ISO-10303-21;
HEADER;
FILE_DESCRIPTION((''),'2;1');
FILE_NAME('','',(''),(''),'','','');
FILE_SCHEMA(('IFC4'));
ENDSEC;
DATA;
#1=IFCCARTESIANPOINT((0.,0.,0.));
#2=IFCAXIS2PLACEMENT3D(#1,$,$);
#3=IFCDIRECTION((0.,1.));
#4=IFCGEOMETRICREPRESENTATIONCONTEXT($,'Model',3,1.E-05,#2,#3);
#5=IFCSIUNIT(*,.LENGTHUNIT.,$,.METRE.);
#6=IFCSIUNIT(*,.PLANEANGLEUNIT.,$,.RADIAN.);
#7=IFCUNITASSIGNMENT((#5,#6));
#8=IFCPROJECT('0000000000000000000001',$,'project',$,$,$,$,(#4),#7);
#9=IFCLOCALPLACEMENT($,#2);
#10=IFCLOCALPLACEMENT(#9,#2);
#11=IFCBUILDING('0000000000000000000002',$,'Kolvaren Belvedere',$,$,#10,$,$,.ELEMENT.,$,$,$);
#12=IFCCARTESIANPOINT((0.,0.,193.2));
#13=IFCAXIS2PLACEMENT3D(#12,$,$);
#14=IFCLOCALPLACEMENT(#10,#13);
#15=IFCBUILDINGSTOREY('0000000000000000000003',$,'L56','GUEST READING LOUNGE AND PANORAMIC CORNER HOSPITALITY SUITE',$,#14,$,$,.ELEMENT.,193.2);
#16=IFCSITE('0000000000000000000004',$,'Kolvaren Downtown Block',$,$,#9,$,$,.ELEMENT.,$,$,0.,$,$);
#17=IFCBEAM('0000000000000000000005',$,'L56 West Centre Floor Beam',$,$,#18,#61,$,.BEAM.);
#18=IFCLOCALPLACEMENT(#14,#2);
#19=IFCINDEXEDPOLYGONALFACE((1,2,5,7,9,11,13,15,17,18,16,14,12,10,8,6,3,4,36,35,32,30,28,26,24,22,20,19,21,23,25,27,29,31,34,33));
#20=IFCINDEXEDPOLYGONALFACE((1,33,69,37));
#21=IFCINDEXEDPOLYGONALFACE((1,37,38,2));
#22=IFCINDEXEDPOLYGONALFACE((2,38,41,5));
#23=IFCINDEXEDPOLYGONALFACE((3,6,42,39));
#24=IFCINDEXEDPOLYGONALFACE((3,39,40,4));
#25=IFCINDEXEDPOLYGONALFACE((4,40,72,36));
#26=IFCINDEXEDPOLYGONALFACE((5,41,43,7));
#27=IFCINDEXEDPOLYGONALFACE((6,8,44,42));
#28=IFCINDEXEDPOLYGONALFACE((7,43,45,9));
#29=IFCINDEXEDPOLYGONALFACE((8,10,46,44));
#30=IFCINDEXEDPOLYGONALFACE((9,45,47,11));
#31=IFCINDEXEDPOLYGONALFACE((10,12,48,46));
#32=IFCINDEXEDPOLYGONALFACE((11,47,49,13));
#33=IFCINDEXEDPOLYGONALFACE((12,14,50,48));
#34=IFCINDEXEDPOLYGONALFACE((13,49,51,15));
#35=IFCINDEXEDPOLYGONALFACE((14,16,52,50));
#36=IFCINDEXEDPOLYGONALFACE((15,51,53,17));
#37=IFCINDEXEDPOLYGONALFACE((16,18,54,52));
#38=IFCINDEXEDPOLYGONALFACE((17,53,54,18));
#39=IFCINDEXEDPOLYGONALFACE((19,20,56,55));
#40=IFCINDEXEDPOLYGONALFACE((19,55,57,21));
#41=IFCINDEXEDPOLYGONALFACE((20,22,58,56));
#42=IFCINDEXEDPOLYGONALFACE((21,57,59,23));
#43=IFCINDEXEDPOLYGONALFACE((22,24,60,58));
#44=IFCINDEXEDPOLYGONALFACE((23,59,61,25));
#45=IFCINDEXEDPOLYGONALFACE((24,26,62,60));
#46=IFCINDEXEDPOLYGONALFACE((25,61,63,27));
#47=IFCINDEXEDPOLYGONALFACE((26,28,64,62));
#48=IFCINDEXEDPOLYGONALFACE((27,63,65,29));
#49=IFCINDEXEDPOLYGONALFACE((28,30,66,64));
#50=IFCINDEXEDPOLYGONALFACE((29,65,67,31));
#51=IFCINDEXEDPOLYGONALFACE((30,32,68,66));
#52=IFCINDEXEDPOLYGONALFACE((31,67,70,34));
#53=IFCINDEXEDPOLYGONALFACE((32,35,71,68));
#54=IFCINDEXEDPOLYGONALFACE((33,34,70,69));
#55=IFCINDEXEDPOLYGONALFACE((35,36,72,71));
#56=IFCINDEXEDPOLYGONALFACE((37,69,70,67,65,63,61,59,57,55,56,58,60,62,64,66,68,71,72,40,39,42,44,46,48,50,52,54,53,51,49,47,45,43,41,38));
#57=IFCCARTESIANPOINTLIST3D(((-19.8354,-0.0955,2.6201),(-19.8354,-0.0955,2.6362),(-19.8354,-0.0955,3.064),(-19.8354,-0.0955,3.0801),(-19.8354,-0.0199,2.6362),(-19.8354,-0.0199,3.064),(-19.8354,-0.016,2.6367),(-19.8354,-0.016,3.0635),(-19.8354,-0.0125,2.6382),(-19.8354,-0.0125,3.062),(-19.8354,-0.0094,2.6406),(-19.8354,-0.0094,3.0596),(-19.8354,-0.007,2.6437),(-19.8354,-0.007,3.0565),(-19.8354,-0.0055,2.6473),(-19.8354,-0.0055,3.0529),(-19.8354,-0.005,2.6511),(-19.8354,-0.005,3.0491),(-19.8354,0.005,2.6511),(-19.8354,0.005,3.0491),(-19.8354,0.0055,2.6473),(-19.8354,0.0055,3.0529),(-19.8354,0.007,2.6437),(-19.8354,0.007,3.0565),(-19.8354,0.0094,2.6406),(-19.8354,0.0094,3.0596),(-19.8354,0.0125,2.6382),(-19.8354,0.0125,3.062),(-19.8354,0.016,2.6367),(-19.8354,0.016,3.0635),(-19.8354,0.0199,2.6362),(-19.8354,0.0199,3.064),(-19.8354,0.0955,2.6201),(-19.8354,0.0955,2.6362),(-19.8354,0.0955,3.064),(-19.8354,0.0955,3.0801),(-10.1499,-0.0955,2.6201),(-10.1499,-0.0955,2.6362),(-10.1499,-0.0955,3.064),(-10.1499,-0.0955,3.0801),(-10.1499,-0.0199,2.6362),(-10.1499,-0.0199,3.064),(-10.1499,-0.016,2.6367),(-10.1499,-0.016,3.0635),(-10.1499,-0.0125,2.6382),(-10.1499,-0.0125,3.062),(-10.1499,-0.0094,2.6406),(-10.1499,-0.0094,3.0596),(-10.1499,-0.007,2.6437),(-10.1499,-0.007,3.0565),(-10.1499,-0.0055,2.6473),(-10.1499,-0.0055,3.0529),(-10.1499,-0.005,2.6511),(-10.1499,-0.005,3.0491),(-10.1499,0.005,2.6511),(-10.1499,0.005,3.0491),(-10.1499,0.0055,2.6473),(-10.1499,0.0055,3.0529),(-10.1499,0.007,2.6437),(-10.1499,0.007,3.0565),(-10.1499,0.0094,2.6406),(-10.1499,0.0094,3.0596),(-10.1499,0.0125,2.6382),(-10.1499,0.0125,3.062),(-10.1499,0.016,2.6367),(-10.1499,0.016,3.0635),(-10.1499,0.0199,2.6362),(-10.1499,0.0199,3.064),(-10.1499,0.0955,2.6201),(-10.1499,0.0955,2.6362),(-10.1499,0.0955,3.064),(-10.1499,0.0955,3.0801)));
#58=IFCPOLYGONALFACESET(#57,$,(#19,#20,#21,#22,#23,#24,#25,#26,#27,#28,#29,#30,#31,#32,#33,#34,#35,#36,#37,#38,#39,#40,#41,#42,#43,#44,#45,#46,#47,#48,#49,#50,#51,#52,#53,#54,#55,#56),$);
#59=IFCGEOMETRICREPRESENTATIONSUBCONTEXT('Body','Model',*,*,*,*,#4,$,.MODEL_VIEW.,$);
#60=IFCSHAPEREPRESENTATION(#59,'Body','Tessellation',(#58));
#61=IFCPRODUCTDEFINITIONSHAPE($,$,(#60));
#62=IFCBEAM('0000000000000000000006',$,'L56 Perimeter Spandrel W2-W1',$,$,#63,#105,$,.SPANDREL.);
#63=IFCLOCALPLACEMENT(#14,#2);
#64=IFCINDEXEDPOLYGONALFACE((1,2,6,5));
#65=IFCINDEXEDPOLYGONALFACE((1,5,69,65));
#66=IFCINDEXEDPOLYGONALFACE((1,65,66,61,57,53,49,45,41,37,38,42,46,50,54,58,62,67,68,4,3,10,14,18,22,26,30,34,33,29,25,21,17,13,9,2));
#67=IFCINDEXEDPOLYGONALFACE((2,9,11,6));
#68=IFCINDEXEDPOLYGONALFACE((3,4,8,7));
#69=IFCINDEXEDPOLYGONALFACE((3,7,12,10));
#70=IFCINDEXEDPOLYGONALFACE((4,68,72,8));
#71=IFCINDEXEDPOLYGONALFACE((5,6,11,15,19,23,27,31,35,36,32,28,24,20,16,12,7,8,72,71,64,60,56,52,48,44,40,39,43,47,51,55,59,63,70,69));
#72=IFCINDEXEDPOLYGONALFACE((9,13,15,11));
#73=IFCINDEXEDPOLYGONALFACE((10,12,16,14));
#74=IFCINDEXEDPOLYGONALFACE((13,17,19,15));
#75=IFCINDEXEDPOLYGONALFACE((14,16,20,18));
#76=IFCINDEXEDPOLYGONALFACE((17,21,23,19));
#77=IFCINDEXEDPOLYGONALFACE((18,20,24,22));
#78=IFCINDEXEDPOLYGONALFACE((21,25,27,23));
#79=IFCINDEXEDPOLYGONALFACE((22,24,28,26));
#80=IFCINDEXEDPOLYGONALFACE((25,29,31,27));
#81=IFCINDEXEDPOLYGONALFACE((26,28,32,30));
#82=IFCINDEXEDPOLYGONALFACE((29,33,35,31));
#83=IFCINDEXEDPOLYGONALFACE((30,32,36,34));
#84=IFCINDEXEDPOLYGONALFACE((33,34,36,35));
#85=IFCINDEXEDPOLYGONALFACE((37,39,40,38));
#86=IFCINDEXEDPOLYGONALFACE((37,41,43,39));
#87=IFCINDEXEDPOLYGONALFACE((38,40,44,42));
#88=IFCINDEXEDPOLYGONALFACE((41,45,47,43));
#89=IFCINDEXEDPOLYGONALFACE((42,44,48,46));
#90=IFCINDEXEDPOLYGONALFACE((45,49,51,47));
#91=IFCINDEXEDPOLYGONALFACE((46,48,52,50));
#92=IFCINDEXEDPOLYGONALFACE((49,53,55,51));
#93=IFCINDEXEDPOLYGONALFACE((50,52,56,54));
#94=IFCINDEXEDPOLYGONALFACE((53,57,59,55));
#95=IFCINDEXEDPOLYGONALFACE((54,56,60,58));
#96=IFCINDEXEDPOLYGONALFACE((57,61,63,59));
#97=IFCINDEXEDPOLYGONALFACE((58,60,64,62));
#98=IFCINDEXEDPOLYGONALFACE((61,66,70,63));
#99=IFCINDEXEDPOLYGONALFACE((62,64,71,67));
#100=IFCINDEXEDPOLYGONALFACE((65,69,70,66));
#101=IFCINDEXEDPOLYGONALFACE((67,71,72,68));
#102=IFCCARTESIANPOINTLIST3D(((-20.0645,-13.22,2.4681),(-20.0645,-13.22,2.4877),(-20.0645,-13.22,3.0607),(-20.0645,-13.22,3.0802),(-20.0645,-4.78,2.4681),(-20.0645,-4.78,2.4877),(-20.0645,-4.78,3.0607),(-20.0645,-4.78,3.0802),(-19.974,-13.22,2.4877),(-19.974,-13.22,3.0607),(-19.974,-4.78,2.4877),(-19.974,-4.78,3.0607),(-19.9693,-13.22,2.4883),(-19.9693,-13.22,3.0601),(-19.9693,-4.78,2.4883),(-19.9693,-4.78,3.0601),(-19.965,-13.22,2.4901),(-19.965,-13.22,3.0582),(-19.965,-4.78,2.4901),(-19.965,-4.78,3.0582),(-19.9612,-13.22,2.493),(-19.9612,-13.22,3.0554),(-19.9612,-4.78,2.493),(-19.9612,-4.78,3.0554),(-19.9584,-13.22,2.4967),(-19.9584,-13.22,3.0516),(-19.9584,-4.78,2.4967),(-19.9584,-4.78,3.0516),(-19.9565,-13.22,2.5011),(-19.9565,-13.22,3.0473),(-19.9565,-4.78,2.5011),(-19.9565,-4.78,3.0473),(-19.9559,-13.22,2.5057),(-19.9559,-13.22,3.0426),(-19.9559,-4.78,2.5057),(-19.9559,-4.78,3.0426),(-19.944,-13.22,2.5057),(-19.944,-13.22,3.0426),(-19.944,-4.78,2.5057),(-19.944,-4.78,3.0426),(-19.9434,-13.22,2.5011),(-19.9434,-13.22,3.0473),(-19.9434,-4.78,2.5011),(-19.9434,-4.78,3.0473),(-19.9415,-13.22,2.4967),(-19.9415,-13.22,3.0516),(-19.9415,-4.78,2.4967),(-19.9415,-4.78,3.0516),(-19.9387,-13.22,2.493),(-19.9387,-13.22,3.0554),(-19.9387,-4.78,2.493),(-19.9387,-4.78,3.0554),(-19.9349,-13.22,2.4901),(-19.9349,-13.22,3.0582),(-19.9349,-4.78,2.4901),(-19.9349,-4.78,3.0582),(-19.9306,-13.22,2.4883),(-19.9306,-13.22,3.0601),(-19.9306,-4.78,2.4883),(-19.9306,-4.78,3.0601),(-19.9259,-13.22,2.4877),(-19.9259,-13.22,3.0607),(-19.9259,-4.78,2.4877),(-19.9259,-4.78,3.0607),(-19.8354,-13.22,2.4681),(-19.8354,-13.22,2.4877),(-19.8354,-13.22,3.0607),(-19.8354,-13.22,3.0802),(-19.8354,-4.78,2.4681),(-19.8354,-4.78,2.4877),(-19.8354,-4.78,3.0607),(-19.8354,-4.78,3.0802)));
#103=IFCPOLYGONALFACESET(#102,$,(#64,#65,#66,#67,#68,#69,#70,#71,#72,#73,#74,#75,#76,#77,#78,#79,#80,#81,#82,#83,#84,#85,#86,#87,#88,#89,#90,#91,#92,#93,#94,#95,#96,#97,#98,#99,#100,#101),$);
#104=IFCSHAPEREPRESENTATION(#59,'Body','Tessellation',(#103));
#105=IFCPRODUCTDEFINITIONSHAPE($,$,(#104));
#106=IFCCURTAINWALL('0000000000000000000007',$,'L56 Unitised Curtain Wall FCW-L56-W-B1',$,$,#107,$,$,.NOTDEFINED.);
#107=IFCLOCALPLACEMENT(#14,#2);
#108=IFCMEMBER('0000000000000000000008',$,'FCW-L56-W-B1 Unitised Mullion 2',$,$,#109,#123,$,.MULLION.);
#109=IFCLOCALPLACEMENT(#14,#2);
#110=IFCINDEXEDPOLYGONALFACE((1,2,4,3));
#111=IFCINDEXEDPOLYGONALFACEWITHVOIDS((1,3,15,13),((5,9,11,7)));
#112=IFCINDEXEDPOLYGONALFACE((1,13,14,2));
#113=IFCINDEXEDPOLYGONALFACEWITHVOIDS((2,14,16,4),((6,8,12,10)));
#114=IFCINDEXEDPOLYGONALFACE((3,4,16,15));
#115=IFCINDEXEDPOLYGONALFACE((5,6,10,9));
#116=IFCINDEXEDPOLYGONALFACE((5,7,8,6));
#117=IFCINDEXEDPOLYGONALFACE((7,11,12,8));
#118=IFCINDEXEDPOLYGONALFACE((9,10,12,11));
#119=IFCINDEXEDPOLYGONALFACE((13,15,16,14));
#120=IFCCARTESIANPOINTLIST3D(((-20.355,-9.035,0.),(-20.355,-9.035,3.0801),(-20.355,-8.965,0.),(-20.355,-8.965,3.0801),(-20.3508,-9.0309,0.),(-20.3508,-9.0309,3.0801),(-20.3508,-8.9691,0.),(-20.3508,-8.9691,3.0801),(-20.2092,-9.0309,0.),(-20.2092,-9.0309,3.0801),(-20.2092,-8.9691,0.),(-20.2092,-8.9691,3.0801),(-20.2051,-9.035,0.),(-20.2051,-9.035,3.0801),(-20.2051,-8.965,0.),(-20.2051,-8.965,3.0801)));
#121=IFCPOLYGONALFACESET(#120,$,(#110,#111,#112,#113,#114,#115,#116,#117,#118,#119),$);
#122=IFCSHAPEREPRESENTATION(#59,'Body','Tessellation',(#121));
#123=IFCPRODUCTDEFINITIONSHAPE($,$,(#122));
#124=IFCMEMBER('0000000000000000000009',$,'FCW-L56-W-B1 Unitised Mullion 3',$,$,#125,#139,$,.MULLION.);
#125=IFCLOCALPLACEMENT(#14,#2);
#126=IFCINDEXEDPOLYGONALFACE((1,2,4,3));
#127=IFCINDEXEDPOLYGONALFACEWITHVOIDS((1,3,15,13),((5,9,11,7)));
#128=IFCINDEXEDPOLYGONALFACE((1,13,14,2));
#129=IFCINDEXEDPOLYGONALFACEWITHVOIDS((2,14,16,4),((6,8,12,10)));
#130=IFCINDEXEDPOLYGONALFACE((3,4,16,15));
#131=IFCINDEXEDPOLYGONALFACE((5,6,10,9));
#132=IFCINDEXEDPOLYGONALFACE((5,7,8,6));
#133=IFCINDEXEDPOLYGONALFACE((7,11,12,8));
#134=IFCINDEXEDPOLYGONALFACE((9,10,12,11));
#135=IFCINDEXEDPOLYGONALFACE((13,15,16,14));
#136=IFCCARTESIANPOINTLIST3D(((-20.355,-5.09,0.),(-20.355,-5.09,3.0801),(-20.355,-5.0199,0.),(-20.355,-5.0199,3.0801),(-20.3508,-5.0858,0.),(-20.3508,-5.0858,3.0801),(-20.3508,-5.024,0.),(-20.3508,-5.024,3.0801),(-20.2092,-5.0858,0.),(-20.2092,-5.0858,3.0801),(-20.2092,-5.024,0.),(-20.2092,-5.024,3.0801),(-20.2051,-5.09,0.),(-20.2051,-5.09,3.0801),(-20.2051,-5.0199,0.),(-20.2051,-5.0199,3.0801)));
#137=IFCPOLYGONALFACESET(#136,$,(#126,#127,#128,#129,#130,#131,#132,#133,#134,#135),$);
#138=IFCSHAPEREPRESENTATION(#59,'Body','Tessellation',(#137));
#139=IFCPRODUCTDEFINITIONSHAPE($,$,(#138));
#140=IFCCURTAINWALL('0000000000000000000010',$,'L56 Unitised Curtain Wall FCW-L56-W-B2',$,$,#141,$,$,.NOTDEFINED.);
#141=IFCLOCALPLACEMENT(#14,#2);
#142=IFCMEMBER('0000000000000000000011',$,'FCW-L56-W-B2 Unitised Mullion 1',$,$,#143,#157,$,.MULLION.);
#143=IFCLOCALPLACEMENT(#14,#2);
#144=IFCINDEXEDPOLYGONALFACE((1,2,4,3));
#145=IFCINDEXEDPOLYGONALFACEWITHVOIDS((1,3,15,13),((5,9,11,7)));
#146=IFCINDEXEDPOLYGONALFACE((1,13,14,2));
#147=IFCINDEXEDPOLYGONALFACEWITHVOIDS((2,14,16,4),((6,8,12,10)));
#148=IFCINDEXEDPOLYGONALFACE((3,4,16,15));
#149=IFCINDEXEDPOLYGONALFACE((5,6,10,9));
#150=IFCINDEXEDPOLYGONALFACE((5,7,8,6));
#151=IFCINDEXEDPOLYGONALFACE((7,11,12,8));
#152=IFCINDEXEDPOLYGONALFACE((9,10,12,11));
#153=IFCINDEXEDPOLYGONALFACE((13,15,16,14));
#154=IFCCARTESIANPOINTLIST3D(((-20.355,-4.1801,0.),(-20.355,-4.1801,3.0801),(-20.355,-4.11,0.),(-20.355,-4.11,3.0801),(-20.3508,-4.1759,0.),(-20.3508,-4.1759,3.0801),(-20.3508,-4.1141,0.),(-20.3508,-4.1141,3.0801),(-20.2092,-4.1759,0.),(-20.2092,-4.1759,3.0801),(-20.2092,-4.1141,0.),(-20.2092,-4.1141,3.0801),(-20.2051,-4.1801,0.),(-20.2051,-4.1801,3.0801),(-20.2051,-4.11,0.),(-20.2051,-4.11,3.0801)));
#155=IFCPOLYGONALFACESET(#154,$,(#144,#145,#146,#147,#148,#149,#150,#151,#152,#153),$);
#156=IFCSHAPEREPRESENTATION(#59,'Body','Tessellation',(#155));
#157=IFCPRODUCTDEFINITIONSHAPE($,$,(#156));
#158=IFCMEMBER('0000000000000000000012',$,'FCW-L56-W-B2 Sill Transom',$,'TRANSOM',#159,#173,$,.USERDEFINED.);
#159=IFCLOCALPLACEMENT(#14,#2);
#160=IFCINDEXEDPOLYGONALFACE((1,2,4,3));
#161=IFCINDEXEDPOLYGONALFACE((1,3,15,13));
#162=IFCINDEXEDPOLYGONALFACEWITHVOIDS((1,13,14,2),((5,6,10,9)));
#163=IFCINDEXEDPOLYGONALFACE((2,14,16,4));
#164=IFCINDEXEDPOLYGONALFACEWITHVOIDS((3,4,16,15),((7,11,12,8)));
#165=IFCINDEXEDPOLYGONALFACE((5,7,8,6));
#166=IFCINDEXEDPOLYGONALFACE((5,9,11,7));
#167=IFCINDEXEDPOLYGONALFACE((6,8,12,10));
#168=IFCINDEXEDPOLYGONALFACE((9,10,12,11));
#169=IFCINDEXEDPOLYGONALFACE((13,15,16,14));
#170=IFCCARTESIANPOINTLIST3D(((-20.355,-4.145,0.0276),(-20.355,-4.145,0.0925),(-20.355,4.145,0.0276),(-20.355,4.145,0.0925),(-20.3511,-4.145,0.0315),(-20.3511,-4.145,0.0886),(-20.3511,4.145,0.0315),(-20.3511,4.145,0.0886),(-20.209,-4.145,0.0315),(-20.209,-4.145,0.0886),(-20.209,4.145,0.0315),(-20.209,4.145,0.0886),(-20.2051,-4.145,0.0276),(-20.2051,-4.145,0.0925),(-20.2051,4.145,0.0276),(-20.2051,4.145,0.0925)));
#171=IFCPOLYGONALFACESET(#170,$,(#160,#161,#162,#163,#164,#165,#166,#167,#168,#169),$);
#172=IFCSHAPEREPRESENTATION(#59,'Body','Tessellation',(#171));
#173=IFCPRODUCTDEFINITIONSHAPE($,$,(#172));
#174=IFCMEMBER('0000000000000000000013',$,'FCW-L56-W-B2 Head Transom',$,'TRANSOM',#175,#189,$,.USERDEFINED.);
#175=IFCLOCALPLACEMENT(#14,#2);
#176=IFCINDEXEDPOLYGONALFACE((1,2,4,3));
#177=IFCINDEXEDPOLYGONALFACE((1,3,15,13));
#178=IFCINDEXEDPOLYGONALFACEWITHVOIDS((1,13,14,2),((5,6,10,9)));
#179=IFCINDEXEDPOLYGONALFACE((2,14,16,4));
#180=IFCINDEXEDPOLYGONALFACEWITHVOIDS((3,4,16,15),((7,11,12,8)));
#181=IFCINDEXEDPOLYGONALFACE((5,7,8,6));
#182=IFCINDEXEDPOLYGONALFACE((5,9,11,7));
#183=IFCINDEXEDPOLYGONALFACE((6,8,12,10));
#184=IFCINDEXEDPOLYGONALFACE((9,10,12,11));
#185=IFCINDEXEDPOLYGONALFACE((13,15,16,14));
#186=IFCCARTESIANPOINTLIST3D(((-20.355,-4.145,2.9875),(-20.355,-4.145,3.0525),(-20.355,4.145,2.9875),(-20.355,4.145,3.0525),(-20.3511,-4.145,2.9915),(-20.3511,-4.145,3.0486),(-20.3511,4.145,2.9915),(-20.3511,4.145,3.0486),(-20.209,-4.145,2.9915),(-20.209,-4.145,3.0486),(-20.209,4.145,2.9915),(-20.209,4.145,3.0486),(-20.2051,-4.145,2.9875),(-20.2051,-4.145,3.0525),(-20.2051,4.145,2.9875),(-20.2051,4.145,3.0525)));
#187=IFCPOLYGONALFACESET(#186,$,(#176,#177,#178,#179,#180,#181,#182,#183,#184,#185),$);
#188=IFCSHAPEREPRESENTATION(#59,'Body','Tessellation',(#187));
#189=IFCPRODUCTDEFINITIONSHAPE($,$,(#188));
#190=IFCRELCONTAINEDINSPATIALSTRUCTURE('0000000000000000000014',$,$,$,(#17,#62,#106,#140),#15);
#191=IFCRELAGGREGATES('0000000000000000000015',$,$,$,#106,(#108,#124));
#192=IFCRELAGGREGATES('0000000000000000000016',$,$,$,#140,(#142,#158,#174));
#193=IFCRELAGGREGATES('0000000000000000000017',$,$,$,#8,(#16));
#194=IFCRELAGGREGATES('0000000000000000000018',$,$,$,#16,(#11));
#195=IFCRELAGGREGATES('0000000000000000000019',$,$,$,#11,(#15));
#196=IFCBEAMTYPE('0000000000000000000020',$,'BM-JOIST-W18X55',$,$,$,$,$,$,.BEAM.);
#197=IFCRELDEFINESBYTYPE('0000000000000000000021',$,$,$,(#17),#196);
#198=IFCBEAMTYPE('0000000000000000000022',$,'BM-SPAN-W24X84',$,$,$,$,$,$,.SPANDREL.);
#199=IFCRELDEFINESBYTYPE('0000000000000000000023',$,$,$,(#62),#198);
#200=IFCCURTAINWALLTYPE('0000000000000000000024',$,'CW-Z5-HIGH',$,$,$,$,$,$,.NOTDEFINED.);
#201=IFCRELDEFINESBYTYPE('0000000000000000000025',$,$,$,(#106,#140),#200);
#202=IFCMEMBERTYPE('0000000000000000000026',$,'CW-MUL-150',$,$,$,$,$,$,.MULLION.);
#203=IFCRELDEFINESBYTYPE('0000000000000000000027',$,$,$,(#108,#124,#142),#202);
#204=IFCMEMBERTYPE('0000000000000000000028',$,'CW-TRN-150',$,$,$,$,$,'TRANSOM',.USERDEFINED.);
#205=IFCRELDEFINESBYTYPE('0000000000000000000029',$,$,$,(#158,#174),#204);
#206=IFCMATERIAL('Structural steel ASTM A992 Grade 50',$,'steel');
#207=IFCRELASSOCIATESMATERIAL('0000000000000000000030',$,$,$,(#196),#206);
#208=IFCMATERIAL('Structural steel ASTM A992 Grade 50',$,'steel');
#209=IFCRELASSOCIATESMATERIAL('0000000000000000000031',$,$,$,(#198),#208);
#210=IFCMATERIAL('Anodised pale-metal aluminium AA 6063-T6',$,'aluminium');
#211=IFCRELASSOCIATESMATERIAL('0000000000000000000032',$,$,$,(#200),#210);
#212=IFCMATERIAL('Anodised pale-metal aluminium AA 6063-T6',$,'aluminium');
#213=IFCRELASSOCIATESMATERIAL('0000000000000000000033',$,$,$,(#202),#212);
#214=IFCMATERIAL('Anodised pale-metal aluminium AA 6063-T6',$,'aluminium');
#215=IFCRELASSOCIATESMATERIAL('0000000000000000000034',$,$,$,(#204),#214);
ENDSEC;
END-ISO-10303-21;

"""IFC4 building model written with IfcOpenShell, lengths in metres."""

from ifc_helpers import new_model, si_unit, direction, frame, origin, origin_2d, place, context, subcontext, project, spatial, hollow_rectangle, i_section, extrude, material, material_profile, profile_set, type_object, element, aggregate, save


model = new_model("IFC4")

# Units and contexts
model_context = context("Model", 3, precision=1e-05, world=origin(), true_north=direction((0.0, 1.0)))
body_context = subcontext(model_context, "Body", "Model", "MODEL_VIEW")
ifc_project = project(units=[si_unit("LENGTHUNIT", "METRE"), si_unit("PLANEANGLEUNIT", "RADIAN")], contexts=[model_context])

# Site, building, storey
site_placement = place(None, origin())
site = spatial("IfcSite", under=ifc_project, at=site_placement, Name="Kolvaren Downtown Block", CompositionType="ELEMENT", RefElevation=0.0)
building_placement = place(site_placement, origin())
building = spatial("IfcBuilding", under=site, at=building_placement, Name="Kolvaren Belvedere", CompositionType="ELEMENT")
storey_placement = place(building_placement, frame((0.0, 0.0, 193.2)))
storey = spatial("IfcBuildingStorey", under=building, at=storey_placement, Name="L56", Description="GUEST READING LOUNGE AND PANORAMIC CORNER HOSPITALITY SUITE", CompositionType="ELEMENT", Elevation=193.2)

# Beams
ifc_material_1 = material(Name="Structural steel ASTM A992 Grade 50", Category="steel")
ifc_material_profile_1 = material_profile(ifc_material_1, i_section(OverallWidth=0.1909, OverallDepth=0.46, WebThickness=0.01, FlangeThickness=0.0161, FilletRadius=0.0149, at=origin_2d()), Name="W18X55")
ifc_profile_set_1 = profile_set([ifc_material_profile_1], Name="Structural steel ASTM A992 Grade 50")
beam_type_1 = type_object("IfcBeamType", Name="BM-JOIST-W18X55", PredefinedType="BEAM", material=ifc_profile_set_1)
beam_1_placement = place(storey_placement, frame((-10.1499, 0.0, 2.8501), z_axis=(-1.0, 0.0, 0.0), x_axis=(0.0, -1.0, 0.0)))
element("IfcBeam", 1, at=beam_1_placement, inside=storey, type_object=beam_type_1, Name="L56 West Centre Floor Beam", PredefinedType="BEAM", context=body_context, shape_type="SweptSolid", body=[
    extrude(i_section(OverallWidth=0.1909, OverallDepth=0.46, WebThickness=0.01, FlangeThickness=0.0161, FilletRadius=0.0149, at=origin_2d()), origin(), (0.0, 0.0, 1.0), 9.6855),
])
ifc_material_2 = material(Name="Structural steel ASTM A992 Grade 50", Category="steel")
ifc_material_profile_2 = material_profile(ifc_material_2, i_section(OverallWidth=0.229, OverallDepth=0.6121, WebThickness=0.012, FlangeThickness=0.0195, FilletRadius=0.0181, at=origin_2d()), Name="W24X84")
ifc_profile_set_2 = profile_set([ifc_material_profile_2], Name="Structural steel ASTM A992 Grade 50")
beam_type_2 = type_object("IfcBeamType", Name="BM-SPAN-W24X84", PredefinedType="SPANDREL", material=ifc_profile_set_2)
beam_2_placement = place(storey_placement, frame((-19.95, -4.78, 2.7742), z_axis=(0.0, -1.0, 0.0), x_axis=(1.0, 0.0, 0.0)))
element("IfcBeam", 2, at=beam_2_placement, inside=storey, type_object=beam_type_2, Name="L56 Perimeter Spandrel W2-W1", PredefinedType="SPANDREL", context=body_context, shape_type="SweptSolid", body=[
    extrude(i_section(OverallWidth=0.229, OverallDepth=0.6121, WebThickness=0.012, FlangeThickness=0.0195, FilletRadius=0.0181, at=origin_2d()), origin(), (0.0, 0.0, 1.0), 8.4399),
])

# Curtain walls, members
ifc_material_3 = material(Name="Anodised pale-metal aluminium AA 6063-T6", Category="aluminium")
curtain_wall_type = type_object("IfcCurtainWallType", Name="CW-Z5-HIGH", PredefinedType="NOTDEFINED", material=ifc_material_3)
curtain_wall_1_placement = place(storey_placement, origin())
curtain_wall_1 = element("IfcCurtainWall", 3, at=curtain_wall_1_placement, inside=storey, type_object=curtain_wall_type, Name="L56 Unitised Curtain Wall FCW-L56-W-B1", PredefinedType="NOTDEFINED")
ifc_material_4 = material(Name="Anodised pale-metal aluminium AA 6063-T6", Category="aluminium")
ifc_material_profile_3 = material_profile(ifc_material_4, hollow_rectangle(XDim=0.0701, YDim=0.1499, WallThickness=0.0042, at=origin_2d()), Name="ALU-MUL-150X70")
ifc_profile_set_3 = profile_set([ifc_material_profile_3], Name="Anodised pale-metal aluminium AA 6063-T6")
member_type_1 = type_object("IfcMemberType", Name="CW-MUL-150", PredefinedType="MULLION", material=ifc_profile_set_3)
member_1_placement = place(storey_placement, frame((-20.28, -9.0, 0.0), z_axis=(0.0, 0.0, 1.0), x_axis=(0.0, 1.0, 0.0)))
member_1 = element("IfcMember", 4, at=member_1_placement, type_object=member_type_1, Name="FCW-L56-W-B1 Unitised Mullion 2", PredefinedType="MULLION", context=body_context, shape_type="SweptSolid", body=[
    extrude(hollow_rectangle(XDim=0.0701, YDim=0.1499, WallThickness=0.0042, at=origin_2d()), origin(), (0.0, 0.0, 1.0), 3.0801),
])
member_2_placement = place(storey_placement, frame((-20.28, -5.0549, 0.0), z_axis=(0.0, 0.0, 1.0), x_axis=(0.0, 1.0, 0.0)))
member_2 = element("IfcMember", 5, at=member_2_placement, type_object=member_type_1, Name="FCW-L56-W-B1 Unitised Mullion 3", PredefinedType="MULLION", context=body_context, shape_type="SweptSolid", body=[
    extrude(hollow_rectangle(XDim=0.0701, YDim=0.1499, WallThickness=0.0042, at=origin_2d()), origin(), (0.0, 0.0, 1.0), 3.0801),
])
curtain_wall_2_placement = place(storey_placement, origin())
curtain_wall_2 = element("IfcCurtainWall", 6, at=curtain_wall_2_placement, inside=storey, type_object=curtain_wall_type, Name="L56 Unitised Curtain Wall FCW-L56-W-B2", PredefinedType="NOTDEFINED")
member_3_placement = place(storey_placement, frame((-20.28, -4.145, 0.0), z_axis=(0.0, 0.0, 1.0), x_axis=(0.0, 1.0, 0.0)))
member_3 = element("IfcMember", 7, at=member_3_placement, type_object=member_type_1, Name="FCW-L56-W-B2 Unitised Mullion 1", PredefinedType="MULLION", context=body_context, shape_type="SweptSolid", body=[
    extrude(hollow_rectangle(XDim=0.0701, YDim=0.1499, WallThickness=0.0042, at=origin_2d()), origin(), (0.0, 0.0, 1.0), 3.0801),
])
ifc_material_5 = material(Name="Anodised pale-metal aluminium AA 6063-T6", Category="aluminium")
ifc_material_profile_4 = material_profile(ifc_material_5, hollow_rectangle(XDim=0.0649, YDim=0.1499, WallThickness=0.0039, at=origin_2d()), Name="ALU-TRN-150X65")
ifc_profile_set_4 = profile_set([ifc_material_profile_4], Name="Anodised pale-metal aluminium AA 6063-T6")
member_type_2 = type_object("IfcMemberType", Name="CW-TRN-150", ElementType="TRANSOM", PredefinedType="USERDEFINED", material=ifc_profile_set_4)
member_4_placement = place(storey_placement, frame((-20.28, -4.145, 0.0601), z_axis=(0.0, 1.0, 0.0), x_axis=(0.0, 0.0, 1.0)))
member_4 = element("IfcMember", 8, at=member_4_placement, type_object=member_type_2, Name="FCW-L56-W-B2 Sill Transom", ObjectType="TRANSOM", PredefinedType="USERDEFINED", context=body_context, shape_type="SweptSolid", body=[
    extrude(hollow_rectangle(XDim=0.0649, YDim=0.1499, WallThickness=0.0039, at=origin_2d()), origin(), (0.0, 0.0, 1.0), 8.29),
])
member_5_placement = place(storey_placement, frame((-20.28, -4.145, 3.02), z_axis=(0.0, 1.0, 0.0), x_axis=(0.0, 0.0, 1.0)))
member_5 = element("IfcMember", 9, at=member_5_placement, type_object=member_type_2, Name="FCW-L56-W-B2 Head Transom", ObjectType="TRANSOM", PredefinedType="USERDEFINED", context=body_context, shape_type="SweptSolid", body=[
    extrude(hollow_rectangle(XDim=0.0649, YDim=0.1499, WallThickness=0.0039, at=origin_2d()), origin(), (0.0, 0.0, 1.0), 8.29),
])

aggregate(curtain_wall_1, [member_1, member_2])
aggregate(curtain_wall_2, [member_3, member_4, member_5])

save(model, "model.ifc")
